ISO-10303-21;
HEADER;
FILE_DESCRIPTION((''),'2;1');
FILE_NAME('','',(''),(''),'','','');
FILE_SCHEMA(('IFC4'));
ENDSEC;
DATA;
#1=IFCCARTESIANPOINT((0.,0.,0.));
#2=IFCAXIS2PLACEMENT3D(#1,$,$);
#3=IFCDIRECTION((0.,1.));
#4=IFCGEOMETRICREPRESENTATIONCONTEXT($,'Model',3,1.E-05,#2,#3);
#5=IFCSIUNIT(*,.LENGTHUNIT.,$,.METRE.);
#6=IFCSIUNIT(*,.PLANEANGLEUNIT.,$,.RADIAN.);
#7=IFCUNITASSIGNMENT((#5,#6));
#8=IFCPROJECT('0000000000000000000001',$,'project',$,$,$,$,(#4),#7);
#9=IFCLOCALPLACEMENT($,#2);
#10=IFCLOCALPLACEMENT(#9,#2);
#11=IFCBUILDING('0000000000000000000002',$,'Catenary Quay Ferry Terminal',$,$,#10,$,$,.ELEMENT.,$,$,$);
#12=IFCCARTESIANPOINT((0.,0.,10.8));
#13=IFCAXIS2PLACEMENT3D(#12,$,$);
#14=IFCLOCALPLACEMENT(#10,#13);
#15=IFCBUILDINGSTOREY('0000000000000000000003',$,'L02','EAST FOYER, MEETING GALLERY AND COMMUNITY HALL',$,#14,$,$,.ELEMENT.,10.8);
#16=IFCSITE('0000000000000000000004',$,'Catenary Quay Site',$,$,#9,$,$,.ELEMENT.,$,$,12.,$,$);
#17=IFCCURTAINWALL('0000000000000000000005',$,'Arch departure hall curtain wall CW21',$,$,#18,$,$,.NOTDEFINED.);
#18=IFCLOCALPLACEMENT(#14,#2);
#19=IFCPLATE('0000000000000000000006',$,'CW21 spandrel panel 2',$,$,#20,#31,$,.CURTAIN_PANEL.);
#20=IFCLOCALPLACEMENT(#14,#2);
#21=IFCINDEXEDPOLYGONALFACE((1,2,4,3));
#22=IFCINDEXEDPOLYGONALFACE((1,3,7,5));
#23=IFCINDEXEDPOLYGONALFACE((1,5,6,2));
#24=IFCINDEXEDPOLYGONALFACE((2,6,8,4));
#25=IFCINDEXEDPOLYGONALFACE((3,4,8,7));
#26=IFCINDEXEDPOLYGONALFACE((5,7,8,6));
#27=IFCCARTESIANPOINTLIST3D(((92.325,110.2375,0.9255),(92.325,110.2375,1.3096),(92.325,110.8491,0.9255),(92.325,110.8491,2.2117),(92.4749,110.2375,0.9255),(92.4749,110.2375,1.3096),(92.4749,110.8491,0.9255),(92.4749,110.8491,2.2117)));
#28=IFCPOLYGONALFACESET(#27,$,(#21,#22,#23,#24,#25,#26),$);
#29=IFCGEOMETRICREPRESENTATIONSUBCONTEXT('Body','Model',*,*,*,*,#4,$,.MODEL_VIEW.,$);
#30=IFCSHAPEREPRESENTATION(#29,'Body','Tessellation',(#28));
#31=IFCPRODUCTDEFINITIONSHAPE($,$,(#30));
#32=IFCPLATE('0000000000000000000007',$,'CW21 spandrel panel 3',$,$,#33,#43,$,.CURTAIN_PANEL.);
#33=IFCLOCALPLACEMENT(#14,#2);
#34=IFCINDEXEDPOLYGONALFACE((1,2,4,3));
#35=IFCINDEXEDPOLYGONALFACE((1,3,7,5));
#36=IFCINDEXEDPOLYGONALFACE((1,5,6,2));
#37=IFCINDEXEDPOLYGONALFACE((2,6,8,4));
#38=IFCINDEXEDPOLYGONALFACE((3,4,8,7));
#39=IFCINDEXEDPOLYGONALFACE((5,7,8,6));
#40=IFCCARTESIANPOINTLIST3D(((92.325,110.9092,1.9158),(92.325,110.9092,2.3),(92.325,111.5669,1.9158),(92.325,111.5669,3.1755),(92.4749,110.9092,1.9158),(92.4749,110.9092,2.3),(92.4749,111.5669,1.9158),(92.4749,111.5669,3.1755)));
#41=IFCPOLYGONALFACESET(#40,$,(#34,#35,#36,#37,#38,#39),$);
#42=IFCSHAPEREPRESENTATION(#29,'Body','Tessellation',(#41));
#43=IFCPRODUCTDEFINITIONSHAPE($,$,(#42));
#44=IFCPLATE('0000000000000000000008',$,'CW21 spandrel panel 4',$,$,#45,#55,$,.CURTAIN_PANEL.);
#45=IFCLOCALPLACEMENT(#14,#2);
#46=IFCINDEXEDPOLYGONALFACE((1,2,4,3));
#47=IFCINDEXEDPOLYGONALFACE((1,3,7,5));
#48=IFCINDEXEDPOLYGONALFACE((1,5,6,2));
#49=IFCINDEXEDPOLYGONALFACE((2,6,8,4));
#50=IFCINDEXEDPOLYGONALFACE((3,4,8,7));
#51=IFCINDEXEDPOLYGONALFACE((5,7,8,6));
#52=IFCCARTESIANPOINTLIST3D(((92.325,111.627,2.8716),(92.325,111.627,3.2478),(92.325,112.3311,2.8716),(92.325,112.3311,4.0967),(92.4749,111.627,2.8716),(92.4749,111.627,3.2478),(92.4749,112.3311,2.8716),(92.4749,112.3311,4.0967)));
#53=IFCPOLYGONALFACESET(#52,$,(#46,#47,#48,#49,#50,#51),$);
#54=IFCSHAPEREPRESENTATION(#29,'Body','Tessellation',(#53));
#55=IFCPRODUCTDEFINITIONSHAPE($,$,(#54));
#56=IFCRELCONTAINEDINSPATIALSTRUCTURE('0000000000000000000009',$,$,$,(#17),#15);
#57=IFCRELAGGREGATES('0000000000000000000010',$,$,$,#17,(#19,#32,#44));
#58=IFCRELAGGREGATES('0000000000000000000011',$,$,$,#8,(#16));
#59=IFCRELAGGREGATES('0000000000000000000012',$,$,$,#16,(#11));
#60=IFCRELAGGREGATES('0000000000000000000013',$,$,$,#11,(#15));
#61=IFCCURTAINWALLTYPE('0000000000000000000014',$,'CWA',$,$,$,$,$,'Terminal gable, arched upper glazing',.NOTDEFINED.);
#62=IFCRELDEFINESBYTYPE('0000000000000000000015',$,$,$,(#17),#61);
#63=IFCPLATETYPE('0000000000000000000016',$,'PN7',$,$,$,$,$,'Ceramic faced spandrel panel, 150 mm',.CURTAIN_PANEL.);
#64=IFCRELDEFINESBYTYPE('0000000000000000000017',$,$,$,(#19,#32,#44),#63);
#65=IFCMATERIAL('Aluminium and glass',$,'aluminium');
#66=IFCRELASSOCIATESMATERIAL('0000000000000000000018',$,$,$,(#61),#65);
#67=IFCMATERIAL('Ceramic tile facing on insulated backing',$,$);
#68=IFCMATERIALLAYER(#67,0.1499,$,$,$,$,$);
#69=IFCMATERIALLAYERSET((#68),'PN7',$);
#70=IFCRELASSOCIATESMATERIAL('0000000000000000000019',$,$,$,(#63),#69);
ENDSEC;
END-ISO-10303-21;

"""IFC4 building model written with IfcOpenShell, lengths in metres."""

from ifc_helpers import new_model, si_unit, direction, frame, origin, place, context, subcontext, project, spatial, polyline, outline, extrude, material, layer, layer_set, type_object, element, aggregate, save


model = new_model("IFC4")

# Units and contexts
model_context = context("Model", 3, precision=1e-05, world=origin(), true_north=direction((0.0, 1.0)))
body_context = subcontext(model_context, "Body", "Model", "MODEL_VIEW")
ifc_project = project(units=[si_unit("LENGTHUNIT", "METRE"), si_unit("PLANEANGLEUNIT", "RADIAN")], contexts=[model_context])

# Site, building, storey
site_placement = place(None, origin())
site = spatial("IfcSite", under=ifc_project, at=site_placement, Name="Catenary Quay Site", CompositionType="ELEMENT", RefElevation=12.0)
building_placement = place(site_placement, origin())
building = spatial("IfcBuilding", under=site, at=building_placement, Name="Catenary Quay Ferry Terminal", CompositionType="ELEMENT")
storey_placement = place(building_placement, frame((0.0, 0.0, 10.8)))
storey = spatial("IfcBuildingStorey", under=building, at=storey_placement, Name="L02", Description="EAST FOYER, MEETING GALLERY AND COMMUNITY HALL", CompositionType="ELEMENT", Elevation=10.8)

# Curtain wall
ifc_material_1 = material(Name="Aluminium and glass", Category="aluminium")
curtain_wall_type = type_object("IfcCurtainWallType", Name="CWA", ElementType="Terminal gable, arched upper glazing", PredefinedType="NOTDEFINED", material=ifc_material_1)
curtain_wall_1_placement = place(storey_placement, origin())
curtain_wall_1 = element("IfcCurtainWall", 1, at=curtain_wall_1_placement, inside=storey, type_object=curtain_wall_type, Name="Arch departure hall curtain wall CW21", PredefinedType="NOTDEFINED")

# Plates
ifc_material_2 = material(Name="Ceramic tile facing on insulated backing")
ifc_layer_1 = layer(ifc_material_2, 0.1499)
ifc_layer_set_1 = layer_set([ifc_layer_1], Name="PN7")
plate_type_1 = type_object("IfcPlateType", Name="PN7", ElementType="Ceramic faced spandrel panel, 150 mm", PredefinedType="CURTAIN_PANEL", material=ifc_layer_set_1)
plate_1_placement = place(storey_placement, frame((92.3999, 110.2375, 0.9255), z_axis=(0.0, 0.0, 1.0), x_axis=(0.0, 1.0, 0.0)))
plate_1 = element("IfcPlate", 2, at=plate_1_placement, type_object=plate_type_1, Name="CW21 spandrel panel 2", PredefinedType="CURTAIN_PANEL", context=body_context, shape_type="SweptSolid", body=[
    extrude(outline(polyline([(0.0, 0.0), (0.6116, 0.0), (0.6116, 1.2861), (0.0, 0.384), (0.0, 0.0)])), frame((0.0, 0.075, 0.0), z_axis=(0.0, -1.0, 0.0), x_axis=(1.0, 0.0, 0.0)), (0.0, 0.0, 1.0), 0.1499),
])
plate_2_placement = place(storey_placement, frame((92.3999, 110.9092, 1.9158), z_axis=(0.0, 0.0, 1.0), x_axis=(0.0, 1.0, 0.0)))
plate_2 = element("IfcPlate", 3, at=plate_2_placement, type_object=plate_type_1, Name="CW21 spandrel panel 3", PredefinedType="CURTAIN_PANEL", context=body_context, shape_type="SweptSolid", body=[
    extrude(outline(polyline([(0.0, 0.0), (0.6577, 0.0), (0.6577, 1.2598), (0.0, 0.3843), (0.0, 0.0)])), frame((0.0, 0.075, 0.0), z_axis=(0.0, -1.0, 0.0), x_axis=(1.0, 0.0, 0.0)), (0.0, 0.0, 1.0), 0.1499),
])
plate_3_placement = place(storey_placement, frame((92.3999, 111.627, 2.8716), z_axis=(0.0, 0.0, 1.0), x_axis=(0.0, 1.0, 0.0)))
plate_3 = element("IfcPlate", 4, at=plate_3_placement, type_object=plate_type_1, Name="CW21 spandrel panel 4", PredefinedType="CURTAIN_PANEL", context=body_context, shape_type="SweptSolid", body=[
    extrude(outline(polyline([(0.0, 0.0), (0.7041, 0.0), (0.7041, 1.2251), (0.0, 0.3762), (0.0, 0.0)])), frame((0.0, 0.075, 0.0), z_axis=(0.0, -1.0, 0.0), x_axis=(1.0, 0.0, 0.0)), (0.0, 0.0, 1.0), 0.1499),
])
aggregate(curtain_wall_1, [plate_1, plate_2, plate_3])

save(model, "model.ifc")
